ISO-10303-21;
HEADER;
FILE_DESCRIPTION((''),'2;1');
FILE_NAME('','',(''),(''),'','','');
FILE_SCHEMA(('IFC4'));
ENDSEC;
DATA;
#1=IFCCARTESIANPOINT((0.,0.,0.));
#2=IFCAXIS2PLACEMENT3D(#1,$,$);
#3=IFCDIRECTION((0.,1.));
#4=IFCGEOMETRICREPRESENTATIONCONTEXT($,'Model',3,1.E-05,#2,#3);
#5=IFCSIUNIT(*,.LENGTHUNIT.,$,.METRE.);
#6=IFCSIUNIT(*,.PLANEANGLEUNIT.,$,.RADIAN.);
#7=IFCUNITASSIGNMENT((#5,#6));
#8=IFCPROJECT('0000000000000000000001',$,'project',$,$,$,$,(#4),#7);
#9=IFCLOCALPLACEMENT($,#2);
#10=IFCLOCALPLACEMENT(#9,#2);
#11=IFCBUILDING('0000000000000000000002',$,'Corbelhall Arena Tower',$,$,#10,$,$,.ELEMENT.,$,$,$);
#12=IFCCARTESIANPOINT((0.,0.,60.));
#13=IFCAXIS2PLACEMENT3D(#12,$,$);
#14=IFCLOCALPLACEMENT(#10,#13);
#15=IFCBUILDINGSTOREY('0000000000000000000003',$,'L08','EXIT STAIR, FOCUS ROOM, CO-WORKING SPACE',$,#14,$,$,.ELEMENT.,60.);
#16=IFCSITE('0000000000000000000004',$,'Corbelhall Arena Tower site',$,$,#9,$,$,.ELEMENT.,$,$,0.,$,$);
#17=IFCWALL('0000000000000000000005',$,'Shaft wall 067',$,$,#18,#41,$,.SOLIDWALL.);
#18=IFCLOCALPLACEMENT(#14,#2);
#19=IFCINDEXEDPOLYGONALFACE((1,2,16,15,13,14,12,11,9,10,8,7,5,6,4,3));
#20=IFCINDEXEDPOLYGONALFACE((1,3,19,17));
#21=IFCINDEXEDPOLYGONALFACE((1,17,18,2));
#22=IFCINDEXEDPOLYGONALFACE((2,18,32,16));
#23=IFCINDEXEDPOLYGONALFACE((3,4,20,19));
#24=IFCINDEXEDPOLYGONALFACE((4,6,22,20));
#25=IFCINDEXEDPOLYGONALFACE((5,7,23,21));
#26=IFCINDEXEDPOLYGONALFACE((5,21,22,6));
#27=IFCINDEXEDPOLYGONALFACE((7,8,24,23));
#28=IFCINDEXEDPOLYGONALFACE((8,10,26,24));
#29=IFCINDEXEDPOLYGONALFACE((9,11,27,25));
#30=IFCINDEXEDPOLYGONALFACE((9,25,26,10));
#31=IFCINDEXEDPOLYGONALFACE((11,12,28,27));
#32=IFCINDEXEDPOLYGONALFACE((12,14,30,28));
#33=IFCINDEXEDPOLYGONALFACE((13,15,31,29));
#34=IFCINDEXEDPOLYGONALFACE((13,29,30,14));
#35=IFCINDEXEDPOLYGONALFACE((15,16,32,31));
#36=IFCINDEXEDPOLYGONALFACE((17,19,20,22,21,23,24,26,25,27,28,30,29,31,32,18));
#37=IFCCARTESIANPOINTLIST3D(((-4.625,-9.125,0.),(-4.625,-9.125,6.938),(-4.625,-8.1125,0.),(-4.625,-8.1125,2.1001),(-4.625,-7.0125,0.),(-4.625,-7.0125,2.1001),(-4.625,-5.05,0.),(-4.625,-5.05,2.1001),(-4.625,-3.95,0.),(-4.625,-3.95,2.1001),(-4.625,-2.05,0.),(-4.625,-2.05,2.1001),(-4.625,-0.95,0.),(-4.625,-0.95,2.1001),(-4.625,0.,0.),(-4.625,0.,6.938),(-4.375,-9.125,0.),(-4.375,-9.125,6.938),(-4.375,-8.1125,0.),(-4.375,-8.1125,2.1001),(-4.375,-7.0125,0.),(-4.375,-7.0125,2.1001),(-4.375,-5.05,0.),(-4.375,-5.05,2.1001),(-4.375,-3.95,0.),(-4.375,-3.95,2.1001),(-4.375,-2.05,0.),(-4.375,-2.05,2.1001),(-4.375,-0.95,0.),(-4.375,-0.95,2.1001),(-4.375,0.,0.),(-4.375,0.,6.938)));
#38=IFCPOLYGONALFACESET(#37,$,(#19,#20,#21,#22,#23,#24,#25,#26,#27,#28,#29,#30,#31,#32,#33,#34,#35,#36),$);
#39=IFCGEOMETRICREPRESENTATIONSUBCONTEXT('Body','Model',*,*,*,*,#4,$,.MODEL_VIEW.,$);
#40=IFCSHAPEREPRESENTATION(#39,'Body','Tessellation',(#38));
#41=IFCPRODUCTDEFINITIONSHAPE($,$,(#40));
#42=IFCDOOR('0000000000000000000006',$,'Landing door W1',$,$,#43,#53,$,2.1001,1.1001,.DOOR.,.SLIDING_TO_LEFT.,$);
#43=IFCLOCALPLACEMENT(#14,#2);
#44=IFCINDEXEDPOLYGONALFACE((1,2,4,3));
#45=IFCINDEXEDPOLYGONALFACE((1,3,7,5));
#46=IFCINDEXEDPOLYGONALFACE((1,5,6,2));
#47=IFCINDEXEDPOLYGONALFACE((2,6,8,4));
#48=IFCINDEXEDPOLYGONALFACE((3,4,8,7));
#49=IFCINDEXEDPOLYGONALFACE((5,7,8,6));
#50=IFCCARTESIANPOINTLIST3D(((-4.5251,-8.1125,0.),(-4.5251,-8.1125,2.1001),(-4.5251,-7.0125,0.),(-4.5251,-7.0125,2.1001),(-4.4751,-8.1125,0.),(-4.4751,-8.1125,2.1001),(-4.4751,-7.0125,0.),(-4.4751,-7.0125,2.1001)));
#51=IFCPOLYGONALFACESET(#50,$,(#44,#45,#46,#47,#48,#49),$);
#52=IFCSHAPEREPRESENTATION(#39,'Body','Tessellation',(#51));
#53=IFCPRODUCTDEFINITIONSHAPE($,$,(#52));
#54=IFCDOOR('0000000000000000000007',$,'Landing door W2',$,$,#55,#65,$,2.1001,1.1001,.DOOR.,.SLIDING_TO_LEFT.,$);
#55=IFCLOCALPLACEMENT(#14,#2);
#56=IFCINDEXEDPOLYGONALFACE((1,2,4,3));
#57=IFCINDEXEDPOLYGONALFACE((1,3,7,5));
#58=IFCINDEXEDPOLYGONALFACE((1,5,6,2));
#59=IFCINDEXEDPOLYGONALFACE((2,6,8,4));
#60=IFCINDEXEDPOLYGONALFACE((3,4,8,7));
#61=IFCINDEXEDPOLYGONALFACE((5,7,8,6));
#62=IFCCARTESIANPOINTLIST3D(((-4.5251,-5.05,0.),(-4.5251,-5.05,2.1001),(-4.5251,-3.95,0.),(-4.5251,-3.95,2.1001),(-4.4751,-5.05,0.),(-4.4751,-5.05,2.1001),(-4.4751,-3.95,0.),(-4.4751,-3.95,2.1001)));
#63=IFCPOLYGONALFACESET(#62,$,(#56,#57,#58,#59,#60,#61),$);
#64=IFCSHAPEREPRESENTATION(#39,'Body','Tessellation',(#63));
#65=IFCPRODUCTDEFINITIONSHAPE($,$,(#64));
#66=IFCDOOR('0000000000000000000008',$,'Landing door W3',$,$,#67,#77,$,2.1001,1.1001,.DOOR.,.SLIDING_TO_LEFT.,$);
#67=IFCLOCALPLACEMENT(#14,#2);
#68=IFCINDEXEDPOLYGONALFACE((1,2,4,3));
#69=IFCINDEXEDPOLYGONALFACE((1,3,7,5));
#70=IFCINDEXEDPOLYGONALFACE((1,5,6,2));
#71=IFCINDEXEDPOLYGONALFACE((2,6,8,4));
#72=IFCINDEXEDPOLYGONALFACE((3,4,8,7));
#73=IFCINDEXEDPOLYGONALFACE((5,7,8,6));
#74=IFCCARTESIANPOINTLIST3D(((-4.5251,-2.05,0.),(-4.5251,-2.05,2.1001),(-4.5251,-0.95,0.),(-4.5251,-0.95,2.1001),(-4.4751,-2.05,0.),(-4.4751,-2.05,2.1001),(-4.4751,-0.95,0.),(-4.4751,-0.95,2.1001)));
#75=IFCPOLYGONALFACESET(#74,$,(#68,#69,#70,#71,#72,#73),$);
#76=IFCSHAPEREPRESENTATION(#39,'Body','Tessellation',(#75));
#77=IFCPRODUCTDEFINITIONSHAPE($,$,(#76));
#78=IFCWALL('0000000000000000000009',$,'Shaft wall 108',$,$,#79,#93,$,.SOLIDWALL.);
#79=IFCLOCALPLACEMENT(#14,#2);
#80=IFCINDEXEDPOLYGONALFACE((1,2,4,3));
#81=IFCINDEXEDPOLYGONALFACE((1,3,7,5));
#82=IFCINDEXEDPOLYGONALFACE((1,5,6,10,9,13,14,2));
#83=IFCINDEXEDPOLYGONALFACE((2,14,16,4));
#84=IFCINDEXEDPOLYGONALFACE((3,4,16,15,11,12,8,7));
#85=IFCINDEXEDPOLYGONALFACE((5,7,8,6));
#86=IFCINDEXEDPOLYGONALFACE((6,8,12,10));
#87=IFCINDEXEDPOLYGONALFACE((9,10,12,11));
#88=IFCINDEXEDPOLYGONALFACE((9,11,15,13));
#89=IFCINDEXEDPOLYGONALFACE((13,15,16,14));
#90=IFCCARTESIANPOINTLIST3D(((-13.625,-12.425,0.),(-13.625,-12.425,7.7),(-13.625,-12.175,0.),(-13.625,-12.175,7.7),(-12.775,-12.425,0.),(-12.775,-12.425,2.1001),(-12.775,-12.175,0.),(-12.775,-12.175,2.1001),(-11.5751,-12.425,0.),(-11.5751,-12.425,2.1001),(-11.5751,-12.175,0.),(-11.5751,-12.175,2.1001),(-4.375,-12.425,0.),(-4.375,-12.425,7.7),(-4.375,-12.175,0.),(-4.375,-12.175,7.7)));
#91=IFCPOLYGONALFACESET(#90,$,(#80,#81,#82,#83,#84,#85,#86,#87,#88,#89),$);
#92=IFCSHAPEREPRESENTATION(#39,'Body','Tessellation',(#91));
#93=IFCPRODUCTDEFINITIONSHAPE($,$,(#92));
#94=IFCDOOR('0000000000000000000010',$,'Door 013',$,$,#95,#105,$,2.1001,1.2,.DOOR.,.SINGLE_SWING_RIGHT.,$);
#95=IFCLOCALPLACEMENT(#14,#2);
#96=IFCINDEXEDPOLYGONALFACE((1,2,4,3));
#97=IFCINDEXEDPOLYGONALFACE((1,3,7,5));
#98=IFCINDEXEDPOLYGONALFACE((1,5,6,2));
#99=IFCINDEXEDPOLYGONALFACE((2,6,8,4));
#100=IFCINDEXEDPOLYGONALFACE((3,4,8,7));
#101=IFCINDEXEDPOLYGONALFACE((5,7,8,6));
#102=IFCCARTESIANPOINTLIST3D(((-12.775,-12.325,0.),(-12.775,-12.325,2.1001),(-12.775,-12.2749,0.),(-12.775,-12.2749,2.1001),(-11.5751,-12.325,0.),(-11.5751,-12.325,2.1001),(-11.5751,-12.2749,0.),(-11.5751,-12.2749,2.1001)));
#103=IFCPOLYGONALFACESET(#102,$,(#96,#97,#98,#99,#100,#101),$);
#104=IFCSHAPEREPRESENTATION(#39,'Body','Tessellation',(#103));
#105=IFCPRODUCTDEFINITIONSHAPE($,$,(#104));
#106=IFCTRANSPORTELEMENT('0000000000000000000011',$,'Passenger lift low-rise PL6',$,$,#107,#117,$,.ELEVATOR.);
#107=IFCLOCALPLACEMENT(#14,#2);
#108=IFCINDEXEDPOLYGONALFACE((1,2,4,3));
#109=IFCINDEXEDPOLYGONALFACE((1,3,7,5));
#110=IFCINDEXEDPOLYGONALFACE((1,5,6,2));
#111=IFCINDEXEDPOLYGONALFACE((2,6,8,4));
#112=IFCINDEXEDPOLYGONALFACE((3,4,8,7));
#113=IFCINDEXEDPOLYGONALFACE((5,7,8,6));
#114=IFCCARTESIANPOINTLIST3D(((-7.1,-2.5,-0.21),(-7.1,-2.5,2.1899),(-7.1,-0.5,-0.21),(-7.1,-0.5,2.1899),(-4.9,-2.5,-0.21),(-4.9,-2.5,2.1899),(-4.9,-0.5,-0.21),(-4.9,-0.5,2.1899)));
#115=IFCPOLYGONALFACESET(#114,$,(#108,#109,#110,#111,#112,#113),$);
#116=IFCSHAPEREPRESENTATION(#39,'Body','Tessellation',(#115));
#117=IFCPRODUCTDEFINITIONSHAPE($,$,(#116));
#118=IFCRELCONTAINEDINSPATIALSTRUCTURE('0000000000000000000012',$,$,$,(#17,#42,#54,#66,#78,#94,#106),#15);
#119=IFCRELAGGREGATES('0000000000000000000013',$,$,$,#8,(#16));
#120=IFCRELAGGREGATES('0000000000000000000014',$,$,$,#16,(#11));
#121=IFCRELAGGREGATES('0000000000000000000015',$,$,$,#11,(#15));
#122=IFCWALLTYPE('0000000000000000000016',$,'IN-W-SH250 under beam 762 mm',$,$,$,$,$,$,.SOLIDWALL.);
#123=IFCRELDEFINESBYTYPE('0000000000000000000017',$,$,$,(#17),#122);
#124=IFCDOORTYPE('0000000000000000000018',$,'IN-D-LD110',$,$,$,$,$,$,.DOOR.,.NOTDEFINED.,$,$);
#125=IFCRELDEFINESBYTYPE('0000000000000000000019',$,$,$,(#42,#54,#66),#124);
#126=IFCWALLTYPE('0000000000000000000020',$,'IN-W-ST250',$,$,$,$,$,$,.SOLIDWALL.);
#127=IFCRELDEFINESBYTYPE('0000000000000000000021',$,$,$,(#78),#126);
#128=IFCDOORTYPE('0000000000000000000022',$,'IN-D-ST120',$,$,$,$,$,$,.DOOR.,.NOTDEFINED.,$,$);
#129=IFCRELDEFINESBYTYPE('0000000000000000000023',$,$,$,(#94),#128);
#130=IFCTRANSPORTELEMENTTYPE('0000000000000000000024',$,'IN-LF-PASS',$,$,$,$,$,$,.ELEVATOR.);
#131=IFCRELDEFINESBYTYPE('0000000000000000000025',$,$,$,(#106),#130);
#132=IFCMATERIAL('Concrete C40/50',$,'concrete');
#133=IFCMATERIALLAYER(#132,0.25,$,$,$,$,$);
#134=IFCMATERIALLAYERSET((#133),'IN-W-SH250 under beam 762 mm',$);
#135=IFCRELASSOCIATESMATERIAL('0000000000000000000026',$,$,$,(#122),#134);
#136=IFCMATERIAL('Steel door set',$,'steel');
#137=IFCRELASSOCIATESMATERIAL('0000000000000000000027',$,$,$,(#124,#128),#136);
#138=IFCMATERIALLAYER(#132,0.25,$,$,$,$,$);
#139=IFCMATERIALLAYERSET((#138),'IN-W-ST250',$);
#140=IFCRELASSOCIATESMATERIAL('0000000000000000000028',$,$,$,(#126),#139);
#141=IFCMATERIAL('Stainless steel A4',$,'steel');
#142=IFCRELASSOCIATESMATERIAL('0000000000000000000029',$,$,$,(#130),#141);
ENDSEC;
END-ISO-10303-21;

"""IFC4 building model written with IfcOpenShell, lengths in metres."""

from ifc_helpers import new_model, si_unit, direction, frame, frame_2d, origin, origin_2d, place, context, subcontext, project, spatial, rectangle, extrude, material, layer, layer_set, type_object, element, fill, save


model = new_model("IFC4")

# Units and contexts
model_context = context("Model", 3, precision=1e-05, world=origin(), true_north=direction((0.0, 1.0)))
body_context = subcontext(model_context, "Body", "Model", "MODEL_VIEW")
ifc_project = project(units=[si_unit("LENGTHUNIT", "METRE"), si_unit("PLANEANGLEUNIT", "RADIAN")], contexts=[model_context])

# Site, building, storey
site_placement = place(None, origin())
site = spatial("IfcSite", under=ifc_project, at=site_placement, Name="Corbelhall Arena Tower site", CompositionType="ELEMENT", RefElevation=0.0)
building_placement = place(site_placement, origin())
building = spatial("IfcBuilding", under=site, at=building_placement, Name="Corbelhall Arena Tower", CompositionType="ELEMENT")
storey_placement = place(building_placement, frame((0.0, 0.0, 60.0)))
storey = spatial("IfcBuildingStorey", under=building, at=storey_placement, Name="L08", Description="EXIT STAIR, FOCUS ROOM, CO-WORKING SPACE", CompositionType="ELEMENT", Elevation=60.0)

# Shared definitions
ifc_material_1 = material(Name="Concrete C40/50", Category="concrete")

# Shared definitions
ifc_layer_1 = layer(ifc_material_1, 0.25)
ifc_layer_set_1 = layer_set([ifc_layer_1], Name="IN-W-SH250 under beam 762 mm")
wall_type_1 = type_object("IfcWallType", Name="IN-W-SH250 under beam 762 mm", PredefinedType="SOLIDWALL", material=ifc_layer_set_1)

# Wall, openings, doors
wall_1_placement = place(storey_placement, frame((-4.5, 0.0, 0.0), z_axis=(0.0, 0.0, 1.0), x_axis=(0.0, -1.0, 0.0)))
wall_1 = element("IfcWall", 1, at=wall_1_placement, inside=storey, type_object=wall_type_1, Name="Shaft wall 067", PredefinedType="SOLIDWALL", context=body_context, shape_type="SweptSolid", body=[
    extrude(rectangle(XDim=9.125, YDim=0.25, at=frame_2d((4.5625, 0.0))), origin(), (0.0, 0.0, 1.0), 6.938),
])
opening_1_placement = place(wall_1_placement, frame((7.0125, 0.0, 0.0)))
opening_1 = element("IfcOpeningElement", 2, at=opening_1_placement, cuts=wall_1, PredefinedType="OPENING", context=body_context, shape_type="SweptSolid", body=[
    extrude(rectangle(XDim=1.1001, YDim=2.1001, at=frame_2d((0.55, 1.05))), frame((0.0, 0.125, 0.0), z_axis=(0.0, -1.0, 0.0), x_axis=(1.0, 0.0, 0.0)), (0.0, 0.0, 1.0), 0.25),
])
opening_2_placement = place(wall_1_placement, frame((3.95, 0.0, 0.0)))
opening_2 = element("IfcOpeningElement", 3, at=opening_2_placement, cuts=wall_1, PredefinedType="OPENING", context=body_context, shape_type="SweptSolid", body=[
    extrude(rectangle(XDim=1.1001, YDim=2.1001, at=frame_2d((0.55, 1.05))), frame((0.0, 0.125, 0.0), z_axis=(0.0, -1.0, 0.0), x_axis=(1.0, 0.0, 0.0)), (0.0, 0.0, 1.0), 0.25),
])
opening_3_placement = place(wall_1_placement, frame((0.95, 0.0, 0.0)))
opening_3 = element("IfcOpeningElement", 4, at=opening_3_placement, cuts=wall_1, PredefinedType="OPENING", context=body_context, shape_type="SweptSolid", body=[
    extrude(rectangle(XDim=1.1001, YDim=2.1001, at=frame_2d((0.55, 1.05))), frame((0.0, 0.125, 0.0), z_axis=(0.0, -1.0, 0.0), x_axis=(1.0, 0.0, 0.0)), (0.0, 0.0, 1.0), 0.25),
])
ifc_material_2 = material(Name="Steel door set", Category="steel")
door_type_1 = type_object("IfcDoorType", Name="IN-D-LD110", OperationType="NOTDEFINED", PredefinedType="DOOR", material=ifc_material_2)
door_1_placement = place(opening_1_placement, origin())
door_1 = element("IfcDoor", 5, at=door_1_placement, inside=storey, type_object=door_type_1, Name="Landing door W1", OperationType="SLIDING_TO_LEFT", OverallHeight=2.1001, OverallWidth=1.1001, PredefinedType="DOOR", context=body_context, shape_type="SweptSolid", body=[
    extrude(rectangle(XDim=1.1001, YDim=2.1001, at=frame_2d((0.55, 1.05))), frame((0.0, 0.0249, 0.0), z_axis=(0.0, -1.0, 0.0), x_axis=(1.0, 0.0, 0.0)), (0.0, 0.0, 1.0), 0.05),
])
fill(opening_1, door_1)
door_2_placement = place(opening_2_placement, origin())
door_2 = element("IfcDoor", 6, at=door_2_placement, inside=storey, type_object=door_type_1, Name="Landing door W2", OperationType="SLIDING_TO_LEFT", OverallHeight=2.1001, OverallWidth=1.1001, PredefinedType="DOOR", context=body_context, shape_type="SweptSolid", body=[
    extrude(rectangle(XDim=1.1001, YDim=2.1001, at=frame_2d((0.55, 1.05))), frame((0.0, 0.0249, 0.0), z_axis=(0.0, -1.0, 0.0), x_axis=(1.0, 0.0, 0.0)), (0.0, 0.0, 1.0), 0.05),
])
fill(opening_2, door_2)
door_3_placement = place(opening_3_placement, origin())
door_3 = element("IfcDoor", 7, at=door_3_placement, inside=storey, type_object=door_type_1, Name="Landing door W3", OperationType="SLIDING_TO_LEFT", OverallHeight=2.1001, OverallWidth=1.1001, PredefinedType="DOOR", context=body_context, shape_type="SweptSolid", body=[
    extrude(rectangle(XDim=1.1001, YDim=2.1001, at=frame_2d((0.55, 1.05))), frame((0.0, 0.0249, 0.0), z_axis=(0.0, -1.0, 0.0), x_axis=(1.0, 0.0, 0.0)), (0.0, 0.0, 1.0), 0.05),
])
fill(opening_3, door_3)

# Wall, opening, door
ifc_layer_2 = layer(ifc_material_1, 0.25)
ifc_layer_set_2 = layer_set([ifc_layer_2], Name="IN-W-ST250")
wall_type_2 = type_object("IfcWallType", Name="IN-W-ST250", PredefinedType="SOLIDWALL", material=ifc_layer_set_2)
wall_2_placement = place(storey_placement, frame((-4.375, -12.3, 0.0), z_axis=(0.0, 0.0, 1.0), x_axis=(-1.0, 0.0, 0.0)))
wall_2 = element("IfcWall", 8, at=wall_2_placement, inside=storey, type_object=wall_type_2, Name="Shaft wall 108", PredefinedType="SOLIDWALL", context=body_context, shape_type="SweptSolid", body=[
    extrude(rectangle(XDim=9.25, YDim=0.25, at=frame_2d((4.625, 0.0))), origin(), (0.0, 0.0, 1.0), 7.7),
])
opening_4_placement = place(wall_2_placement, frame((7.2, 0.0, 0.0)))
opening_4 = element("IfcOpeningElement", 9, at=opening_4_placement, cuts=wall_2, PredefinedType="OPENING", context=body_context, shape_type="SweptSolid", body=[
    extrude(rectangle(XDim=1.2, YDim=2.1001, at=frame_2d((0.6001, 1.05))), frame((0.0, 0.125, 0.0), z_axis=(0.0, -1.0, 0.0), x_axis=(1.0, 0.0, 0.0)), (0.0, 0.0, 1.0), 0.25),
])
door_type_2 = type_object("IfcDoorType", Name="IN-D-ST120", OperationType="NOTDEFINED", PredefinedType="DOOR", material=ifc_material_2)
door_4_placement = place(opening_4_placement, origin())
door_4 = element("IfcDoor", 10, at=door_4_placement, inside=storey, type_object=door_type_2, Name="Door 013", OperationType="SINGLE_SWING_RIGHT", OverallHeight=2.1001, OverallWidth=1.2, PredefinedType="DOOR", context=body_context, shape_type="SweptSolid", body=[
    extrude(rectangle(XDim=1.2, YDim=2.1001, at=frame_2d((0.6001, 1.05))), frame((0.0, 0.0249, 0.0), z_axis=(0.0, -1.0, 0.0), x_axis=(1.0, 0.0, 0.0)), (0.0, 0.0, 1.0), 0.05),
])
fill(opening_4, door_4)

# Transport element
ifc_material_3 = material(Name="Stainless steel A4", Category="steel")
transport_element_type = type_object("IfcTransportElementType", Name="IN-LF-PASS", PredefinedType="ELEVATOR", material=ifc_material_3)
transport_element_placement = place(storey_placement, frame((-6.0, -1.5, -0.21), z_axis=(0.0, 0.0, 1.0), x_axis=(1.0, 0.0, 0.0)))
element("IfcTransportElement", 11, at=transport_element_placement, inside=storey, type_object=transport_element_type, Name="Passenger lift low-rise PL6", PredefinedType="ELEVATOR", context=body_context, shape_type="SweptSolid", body=[
    extrude(rectangle(XDim=2.2, YDim=2.0, at=origin_2d()), origin(), (0.0, 0.0, 1.0), 2.3999),
])

save(model, "model.ifc")
